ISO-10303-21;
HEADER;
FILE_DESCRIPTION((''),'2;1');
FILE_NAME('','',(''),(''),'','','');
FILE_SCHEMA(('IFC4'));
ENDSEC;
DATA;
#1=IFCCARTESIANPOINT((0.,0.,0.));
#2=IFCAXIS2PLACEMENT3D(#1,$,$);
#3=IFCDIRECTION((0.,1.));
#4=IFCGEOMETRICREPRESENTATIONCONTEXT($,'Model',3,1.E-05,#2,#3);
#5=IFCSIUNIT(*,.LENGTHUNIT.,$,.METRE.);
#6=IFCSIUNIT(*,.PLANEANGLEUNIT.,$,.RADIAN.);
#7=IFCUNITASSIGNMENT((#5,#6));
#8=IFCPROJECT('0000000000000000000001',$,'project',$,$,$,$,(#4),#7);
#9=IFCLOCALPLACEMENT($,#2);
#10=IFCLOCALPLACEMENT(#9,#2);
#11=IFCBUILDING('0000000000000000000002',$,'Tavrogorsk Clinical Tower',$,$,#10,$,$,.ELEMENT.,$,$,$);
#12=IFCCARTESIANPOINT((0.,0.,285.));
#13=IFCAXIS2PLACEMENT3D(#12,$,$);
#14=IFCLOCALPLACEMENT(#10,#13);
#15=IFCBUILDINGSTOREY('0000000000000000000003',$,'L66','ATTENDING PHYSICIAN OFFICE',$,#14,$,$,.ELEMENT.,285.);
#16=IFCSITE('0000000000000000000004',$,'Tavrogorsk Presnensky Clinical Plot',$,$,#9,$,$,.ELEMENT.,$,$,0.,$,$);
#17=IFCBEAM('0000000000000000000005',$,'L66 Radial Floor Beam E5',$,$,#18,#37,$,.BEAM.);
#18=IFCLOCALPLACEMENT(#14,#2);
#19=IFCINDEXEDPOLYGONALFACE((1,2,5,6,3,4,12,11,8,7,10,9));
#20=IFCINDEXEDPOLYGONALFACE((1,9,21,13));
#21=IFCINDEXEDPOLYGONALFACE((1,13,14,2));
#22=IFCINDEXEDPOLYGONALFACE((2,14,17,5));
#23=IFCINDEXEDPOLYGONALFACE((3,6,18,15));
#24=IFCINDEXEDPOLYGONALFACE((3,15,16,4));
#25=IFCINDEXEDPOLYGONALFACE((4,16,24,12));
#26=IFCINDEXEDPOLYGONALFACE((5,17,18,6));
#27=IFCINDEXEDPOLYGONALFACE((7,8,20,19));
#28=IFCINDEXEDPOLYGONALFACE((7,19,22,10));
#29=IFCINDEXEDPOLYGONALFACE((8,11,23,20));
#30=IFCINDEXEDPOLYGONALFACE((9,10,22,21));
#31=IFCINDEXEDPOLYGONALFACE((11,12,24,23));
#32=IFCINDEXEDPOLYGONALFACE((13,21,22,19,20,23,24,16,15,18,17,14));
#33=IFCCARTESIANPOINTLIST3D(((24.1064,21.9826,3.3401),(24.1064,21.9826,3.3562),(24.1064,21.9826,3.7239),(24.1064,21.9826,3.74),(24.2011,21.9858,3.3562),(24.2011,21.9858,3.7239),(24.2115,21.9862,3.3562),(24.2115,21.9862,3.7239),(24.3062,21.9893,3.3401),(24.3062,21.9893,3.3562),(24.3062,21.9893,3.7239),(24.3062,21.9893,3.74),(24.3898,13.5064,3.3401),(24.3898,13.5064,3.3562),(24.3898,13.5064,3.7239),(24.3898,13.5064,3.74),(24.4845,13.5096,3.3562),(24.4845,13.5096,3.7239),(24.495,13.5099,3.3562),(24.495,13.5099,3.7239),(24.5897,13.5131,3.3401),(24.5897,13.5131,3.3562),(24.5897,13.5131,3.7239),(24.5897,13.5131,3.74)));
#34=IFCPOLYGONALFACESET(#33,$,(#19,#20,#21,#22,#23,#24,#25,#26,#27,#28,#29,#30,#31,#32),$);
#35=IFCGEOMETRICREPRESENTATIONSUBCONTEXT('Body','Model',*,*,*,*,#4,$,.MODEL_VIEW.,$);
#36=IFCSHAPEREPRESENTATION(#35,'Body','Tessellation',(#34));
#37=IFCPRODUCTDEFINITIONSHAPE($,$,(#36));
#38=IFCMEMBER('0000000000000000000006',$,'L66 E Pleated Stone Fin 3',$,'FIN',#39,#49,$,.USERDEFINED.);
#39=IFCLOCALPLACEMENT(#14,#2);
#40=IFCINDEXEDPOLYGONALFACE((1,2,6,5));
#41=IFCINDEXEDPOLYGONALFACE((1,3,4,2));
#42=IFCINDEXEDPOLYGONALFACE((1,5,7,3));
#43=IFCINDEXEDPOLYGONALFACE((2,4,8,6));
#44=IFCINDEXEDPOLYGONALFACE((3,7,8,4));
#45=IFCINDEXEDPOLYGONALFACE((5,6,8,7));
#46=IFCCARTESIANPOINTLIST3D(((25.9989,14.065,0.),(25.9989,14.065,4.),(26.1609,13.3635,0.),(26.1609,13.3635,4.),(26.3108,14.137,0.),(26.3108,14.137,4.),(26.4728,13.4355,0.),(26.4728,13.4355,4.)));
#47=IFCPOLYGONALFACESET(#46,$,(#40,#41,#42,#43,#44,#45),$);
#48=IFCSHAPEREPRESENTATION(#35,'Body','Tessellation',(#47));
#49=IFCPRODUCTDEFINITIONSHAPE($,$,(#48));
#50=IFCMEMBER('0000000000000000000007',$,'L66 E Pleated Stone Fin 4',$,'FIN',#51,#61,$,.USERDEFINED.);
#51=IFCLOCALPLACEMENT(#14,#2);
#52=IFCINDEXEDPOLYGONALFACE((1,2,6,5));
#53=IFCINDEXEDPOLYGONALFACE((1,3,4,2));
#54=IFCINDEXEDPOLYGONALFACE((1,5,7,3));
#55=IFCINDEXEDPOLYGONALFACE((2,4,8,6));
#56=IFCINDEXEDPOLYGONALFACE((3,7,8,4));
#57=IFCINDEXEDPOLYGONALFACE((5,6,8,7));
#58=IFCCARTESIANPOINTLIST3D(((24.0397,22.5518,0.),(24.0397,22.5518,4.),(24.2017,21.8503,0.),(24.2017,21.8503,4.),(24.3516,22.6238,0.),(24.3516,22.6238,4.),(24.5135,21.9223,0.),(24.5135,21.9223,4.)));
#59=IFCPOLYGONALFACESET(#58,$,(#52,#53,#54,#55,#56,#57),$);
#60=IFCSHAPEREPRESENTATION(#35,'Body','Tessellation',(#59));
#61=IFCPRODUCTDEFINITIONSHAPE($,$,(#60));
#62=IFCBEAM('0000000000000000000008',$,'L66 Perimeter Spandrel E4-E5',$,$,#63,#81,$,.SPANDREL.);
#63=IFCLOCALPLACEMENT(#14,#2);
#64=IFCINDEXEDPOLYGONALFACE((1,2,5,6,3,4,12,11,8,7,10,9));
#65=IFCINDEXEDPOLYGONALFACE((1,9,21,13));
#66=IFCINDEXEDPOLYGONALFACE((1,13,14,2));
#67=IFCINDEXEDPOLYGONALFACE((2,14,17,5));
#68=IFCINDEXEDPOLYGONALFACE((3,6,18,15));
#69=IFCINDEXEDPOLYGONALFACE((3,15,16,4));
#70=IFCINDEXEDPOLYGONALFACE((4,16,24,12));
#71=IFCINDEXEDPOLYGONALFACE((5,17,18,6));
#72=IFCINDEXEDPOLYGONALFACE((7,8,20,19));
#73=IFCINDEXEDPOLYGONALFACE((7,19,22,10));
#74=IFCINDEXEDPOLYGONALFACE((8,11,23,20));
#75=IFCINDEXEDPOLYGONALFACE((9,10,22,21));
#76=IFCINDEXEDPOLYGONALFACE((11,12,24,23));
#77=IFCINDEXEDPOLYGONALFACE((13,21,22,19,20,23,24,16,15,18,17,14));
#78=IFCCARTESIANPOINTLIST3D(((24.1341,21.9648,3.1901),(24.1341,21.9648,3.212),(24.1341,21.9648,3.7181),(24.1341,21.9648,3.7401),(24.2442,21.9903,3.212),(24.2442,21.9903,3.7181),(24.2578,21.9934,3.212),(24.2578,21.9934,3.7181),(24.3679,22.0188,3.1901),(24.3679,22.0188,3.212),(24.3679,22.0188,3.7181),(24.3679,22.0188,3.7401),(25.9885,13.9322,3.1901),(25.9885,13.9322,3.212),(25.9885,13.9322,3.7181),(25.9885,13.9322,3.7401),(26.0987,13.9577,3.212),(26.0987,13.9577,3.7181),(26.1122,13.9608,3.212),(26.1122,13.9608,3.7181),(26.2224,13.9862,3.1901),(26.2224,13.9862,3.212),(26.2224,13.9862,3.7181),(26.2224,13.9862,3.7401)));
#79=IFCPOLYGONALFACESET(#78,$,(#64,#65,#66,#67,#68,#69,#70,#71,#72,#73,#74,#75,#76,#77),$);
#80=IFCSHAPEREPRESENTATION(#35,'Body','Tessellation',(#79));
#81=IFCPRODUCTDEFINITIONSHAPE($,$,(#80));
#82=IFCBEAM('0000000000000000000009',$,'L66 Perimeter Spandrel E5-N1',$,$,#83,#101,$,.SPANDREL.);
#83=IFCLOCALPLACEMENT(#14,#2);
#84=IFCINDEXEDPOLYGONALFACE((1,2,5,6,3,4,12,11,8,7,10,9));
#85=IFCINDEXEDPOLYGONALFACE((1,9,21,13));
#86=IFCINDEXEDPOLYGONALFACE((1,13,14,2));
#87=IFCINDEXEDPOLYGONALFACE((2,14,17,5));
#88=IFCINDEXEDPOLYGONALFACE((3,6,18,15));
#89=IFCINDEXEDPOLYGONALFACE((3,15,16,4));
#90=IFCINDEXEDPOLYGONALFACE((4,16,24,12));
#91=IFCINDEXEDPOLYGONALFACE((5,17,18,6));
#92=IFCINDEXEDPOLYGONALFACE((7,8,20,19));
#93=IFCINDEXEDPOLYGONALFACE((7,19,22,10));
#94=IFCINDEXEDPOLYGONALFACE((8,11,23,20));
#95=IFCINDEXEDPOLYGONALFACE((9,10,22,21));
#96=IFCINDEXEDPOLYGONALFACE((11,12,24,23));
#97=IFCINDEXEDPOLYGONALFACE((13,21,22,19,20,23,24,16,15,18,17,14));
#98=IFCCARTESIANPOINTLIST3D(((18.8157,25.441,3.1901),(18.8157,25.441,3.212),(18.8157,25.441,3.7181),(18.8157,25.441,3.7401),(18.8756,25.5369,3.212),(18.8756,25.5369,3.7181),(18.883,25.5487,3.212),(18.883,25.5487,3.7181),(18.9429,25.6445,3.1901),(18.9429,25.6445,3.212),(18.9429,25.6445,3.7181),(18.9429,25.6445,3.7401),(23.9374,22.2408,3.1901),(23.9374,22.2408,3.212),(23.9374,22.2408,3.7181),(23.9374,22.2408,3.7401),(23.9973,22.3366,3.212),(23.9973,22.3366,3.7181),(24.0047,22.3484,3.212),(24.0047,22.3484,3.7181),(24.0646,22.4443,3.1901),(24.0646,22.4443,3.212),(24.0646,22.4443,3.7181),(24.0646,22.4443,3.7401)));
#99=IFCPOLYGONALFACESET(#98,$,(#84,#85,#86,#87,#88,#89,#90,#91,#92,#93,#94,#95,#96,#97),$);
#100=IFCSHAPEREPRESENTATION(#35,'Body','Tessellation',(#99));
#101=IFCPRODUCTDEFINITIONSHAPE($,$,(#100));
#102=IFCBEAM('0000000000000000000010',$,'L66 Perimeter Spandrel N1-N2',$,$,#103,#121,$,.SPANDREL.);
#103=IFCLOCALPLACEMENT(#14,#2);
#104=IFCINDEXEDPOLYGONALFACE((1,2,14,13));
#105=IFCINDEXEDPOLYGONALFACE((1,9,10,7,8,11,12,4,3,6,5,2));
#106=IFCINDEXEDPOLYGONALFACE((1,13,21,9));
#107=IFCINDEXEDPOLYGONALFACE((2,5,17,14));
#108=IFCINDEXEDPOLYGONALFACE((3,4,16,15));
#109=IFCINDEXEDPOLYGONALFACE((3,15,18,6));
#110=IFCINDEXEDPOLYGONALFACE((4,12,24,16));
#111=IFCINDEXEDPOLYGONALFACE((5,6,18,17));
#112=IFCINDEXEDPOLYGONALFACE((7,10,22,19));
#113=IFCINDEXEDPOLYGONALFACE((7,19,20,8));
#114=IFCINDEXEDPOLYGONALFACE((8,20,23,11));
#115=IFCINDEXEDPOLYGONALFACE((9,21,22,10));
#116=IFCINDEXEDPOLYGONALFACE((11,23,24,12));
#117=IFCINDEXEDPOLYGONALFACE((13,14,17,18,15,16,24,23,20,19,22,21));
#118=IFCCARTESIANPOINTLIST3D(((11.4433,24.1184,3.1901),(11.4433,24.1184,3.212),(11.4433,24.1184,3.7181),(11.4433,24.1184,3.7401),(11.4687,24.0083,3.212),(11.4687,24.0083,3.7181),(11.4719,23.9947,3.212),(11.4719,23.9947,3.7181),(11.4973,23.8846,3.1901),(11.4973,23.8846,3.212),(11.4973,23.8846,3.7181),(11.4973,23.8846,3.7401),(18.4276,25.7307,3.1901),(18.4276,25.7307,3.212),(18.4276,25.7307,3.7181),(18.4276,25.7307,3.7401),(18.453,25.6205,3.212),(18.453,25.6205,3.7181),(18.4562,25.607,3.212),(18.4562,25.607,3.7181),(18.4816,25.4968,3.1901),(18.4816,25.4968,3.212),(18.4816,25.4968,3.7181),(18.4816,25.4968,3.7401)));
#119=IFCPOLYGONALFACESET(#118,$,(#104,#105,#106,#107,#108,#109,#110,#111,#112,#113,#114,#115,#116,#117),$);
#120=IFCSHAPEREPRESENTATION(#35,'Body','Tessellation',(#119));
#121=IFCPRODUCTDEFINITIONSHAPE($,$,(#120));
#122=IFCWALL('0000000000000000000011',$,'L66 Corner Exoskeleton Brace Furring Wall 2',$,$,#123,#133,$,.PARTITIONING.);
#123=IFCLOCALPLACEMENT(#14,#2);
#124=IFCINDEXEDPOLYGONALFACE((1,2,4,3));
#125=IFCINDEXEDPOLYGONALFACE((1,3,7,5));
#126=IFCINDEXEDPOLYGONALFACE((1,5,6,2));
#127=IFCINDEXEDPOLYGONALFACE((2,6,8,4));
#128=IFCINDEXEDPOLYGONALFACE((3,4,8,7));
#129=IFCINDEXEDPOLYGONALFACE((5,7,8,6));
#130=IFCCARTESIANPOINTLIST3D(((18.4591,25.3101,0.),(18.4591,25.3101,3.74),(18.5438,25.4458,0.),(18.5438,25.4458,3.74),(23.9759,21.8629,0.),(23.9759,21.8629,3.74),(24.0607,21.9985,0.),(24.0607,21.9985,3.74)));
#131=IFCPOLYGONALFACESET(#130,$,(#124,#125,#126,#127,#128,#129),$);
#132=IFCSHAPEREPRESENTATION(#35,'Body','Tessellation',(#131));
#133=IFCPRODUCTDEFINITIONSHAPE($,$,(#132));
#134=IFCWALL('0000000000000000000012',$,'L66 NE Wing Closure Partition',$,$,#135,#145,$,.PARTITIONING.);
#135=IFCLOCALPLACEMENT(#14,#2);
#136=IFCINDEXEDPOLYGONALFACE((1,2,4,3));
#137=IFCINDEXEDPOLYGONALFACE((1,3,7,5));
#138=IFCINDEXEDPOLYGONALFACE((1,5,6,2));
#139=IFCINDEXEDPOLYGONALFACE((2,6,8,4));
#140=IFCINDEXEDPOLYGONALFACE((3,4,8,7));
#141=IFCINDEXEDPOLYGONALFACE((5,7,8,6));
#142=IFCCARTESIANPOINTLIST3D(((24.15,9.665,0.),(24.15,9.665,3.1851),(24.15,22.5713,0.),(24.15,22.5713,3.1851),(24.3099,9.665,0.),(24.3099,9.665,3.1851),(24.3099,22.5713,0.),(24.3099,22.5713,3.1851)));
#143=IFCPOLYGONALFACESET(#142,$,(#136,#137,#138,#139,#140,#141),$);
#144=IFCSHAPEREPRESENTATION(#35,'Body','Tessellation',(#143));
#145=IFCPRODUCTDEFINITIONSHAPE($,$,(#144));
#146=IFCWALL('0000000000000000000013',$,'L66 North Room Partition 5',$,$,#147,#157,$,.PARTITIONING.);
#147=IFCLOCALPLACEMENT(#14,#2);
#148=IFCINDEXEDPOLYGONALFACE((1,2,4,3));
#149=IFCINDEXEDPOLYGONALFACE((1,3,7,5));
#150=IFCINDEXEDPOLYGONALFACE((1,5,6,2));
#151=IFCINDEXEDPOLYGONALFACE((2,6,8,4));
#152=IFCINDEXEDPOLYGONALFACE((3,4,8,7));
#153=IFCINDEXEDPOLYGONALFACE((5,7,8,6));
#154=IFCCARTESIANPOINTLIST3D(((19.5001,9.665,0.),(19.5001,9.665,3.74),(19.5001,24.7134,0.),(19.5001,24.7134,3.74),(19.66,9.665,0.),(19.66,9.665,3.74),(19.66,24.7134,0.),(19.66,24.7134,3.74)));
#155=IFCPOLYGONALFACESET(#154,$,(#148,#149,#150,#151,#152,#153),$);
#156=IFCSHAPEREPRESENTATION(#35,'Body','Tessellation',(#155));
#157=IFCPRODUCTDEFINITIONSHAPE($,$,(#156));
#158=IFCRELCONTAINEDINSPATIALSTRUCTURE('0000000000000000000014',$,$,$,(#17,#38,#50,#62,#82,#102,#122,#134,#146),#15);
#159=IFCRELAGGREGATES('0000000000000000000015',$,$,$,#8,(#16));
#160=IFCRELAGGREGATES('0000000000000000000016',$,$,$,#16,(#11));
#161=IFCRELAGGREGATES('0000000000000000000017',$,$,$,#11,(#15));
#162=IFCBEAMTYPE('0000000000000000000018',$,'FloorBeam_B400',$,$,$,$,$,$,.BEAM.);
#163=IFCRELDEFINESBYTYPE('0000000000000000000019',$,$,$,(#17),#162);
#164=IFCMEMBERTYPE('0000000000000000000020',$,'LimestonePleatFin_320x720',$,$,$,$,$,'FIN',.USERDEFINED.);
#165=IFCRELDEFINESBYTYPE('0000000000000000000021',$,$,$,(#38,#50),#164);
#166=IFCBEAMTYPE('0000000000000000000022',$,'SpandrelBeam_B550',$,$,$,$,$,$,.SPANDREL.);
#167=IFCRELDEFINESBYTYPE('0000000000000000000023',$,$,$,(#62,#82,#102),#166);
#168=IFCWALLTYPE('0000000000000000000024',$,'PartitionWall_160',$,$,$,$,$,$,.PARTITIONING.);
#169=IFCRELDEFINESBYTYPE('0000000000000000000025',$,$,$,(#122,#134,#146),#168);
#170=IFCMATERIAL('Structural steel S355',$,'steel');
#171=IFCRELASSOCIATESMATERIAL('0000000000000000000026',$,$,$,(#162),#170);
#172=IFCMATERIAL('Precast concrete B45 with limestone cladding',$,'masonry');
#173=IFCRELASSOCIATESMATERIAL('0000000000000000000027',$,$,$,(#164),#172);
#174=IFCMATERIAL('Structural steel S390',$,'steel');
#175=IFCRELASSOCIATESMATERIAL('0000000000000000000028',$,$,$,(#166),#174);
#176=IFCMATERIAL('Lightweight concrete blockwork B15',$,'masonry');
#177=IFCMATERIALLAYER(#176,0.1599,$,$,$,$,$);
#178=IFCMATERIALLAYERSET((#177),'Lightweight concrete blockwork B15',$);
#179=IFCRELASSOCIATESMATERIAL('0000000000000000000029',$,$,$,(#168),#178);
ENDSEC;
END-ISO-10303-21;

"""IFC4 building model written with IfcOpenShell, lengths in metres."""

from ifc_helpers import new_model, si_unit, direction, frame, frame_2d, origin, origin_2d, place, context, subcontext, project, spatial, rectangle, i_section, extrude, material, layer, layer_set, material_profile, profile_set, type_object, element, save


model = new_model("IFC4")

# Units and contexts
model_context = context("Model", 3, precision=1e-05, world=origin(), true_north=direction((0.0, 1.0)))
body_context = subcontext(model_context, "Body", "Model", "MODEL_VIEW")
ifc_project = project(units=[si_unit("LENGTHUNIT", "METRE"), si_unit("PLANEANGLEUNIT", "RADIAN")], contexts=[model_context])

# Site, building, storey
site_placement = place(None, origin())
site = spatial("IfcSite", under=ifc_project, at=site_placement, Name="Tavrogorsk Presnensky Clinical Plot", CompositionType="ELEMENT", RefElevation=0.0)
building_placement = place(site_placement, origin())
building = spatial("IfcBuilding", under=site, at=building_placement, Name="Tavrogorsk Clinical Tower", CompositionType="ELEMENT")
storey_placement = place(building_placement, frame((0.0, 0.0, 285.0)))
storey = spatial("IfcBuildingStorey", under=building, at=storey_placement, Name="L66", Description="ATTENDING PHYSICIAN OFFICE", CompositionType="ELEMENT", Elevation=285.0)

# Beam
ifc_material_1 = material(Name="Structural steel S355", Category="steel")
ifc_material_profile_1 = material_profile(ifc_material_1, i_section(OverallWidth=0.2, OverallDepth=0.3999, WebThickness=0.0105, FlangeThickness=0.0161, at=origin_2d()), Name="B-400x200x10.5x16")
ifc_profile_set_1 = profile_set([ifc_material_profile_1], Name="Structural steel S355")
beam_type_1 = type_object("IfcBeamType", Name="FloorBeam_B400", PredefinedType="BEAM", material=ifc_profile_set_1)
beam_1_placement = place(storey_placement, frame((24.4897, 13.5098, 3.54), z_axis=(-0.033421, 0.999441, 0.0), x_axis=(-0.999441, -0.033421, 0.0)))
element("IfcBeam", 1, at=beam_1_placement, inside=storey, type_object=beam_type_1, Name="L66 Radial Floor Beam E5", PredefinedType="BEAM", context=body_context, shape_type="SweptSolid", body=[
    extrude(i_section(OverallWidth=0.2, OverallDepth=0.3999, WebThickness=0.0105, FlangeThickness=0.0161, at=origin_2d()), origin(), (0.0, 0.0, 1.0), 8.481),
])

# Members
ifc_material_2 = material(Name="Precast concrete B45 with limestone cladding", Category="masonry")
ifc_material_profile_2 = material_profile(ifc_material_2, rectangle(XDim=0.3201, YDim=0.72, at=origin_2d()), Name="LIMESTONE-FIN-320x720")
ifc_profile_set_2 = profile_set([ifc_material_profile_2], Name="Precast concrete B45 with limestone cladding")
member_type_1 = type_object("IfcMemberType", Name="LimestonePleatFin_320x720", ElementType="FIN", PredefinedType="USERDEFINED", material=ifc_profile_set_2)
for number, where, z_axis, x_axis, name in (
    (2, (26.2358, 13.7502, 0.0), (0.0, 0.0, 1.0), (0.97437, 0.224951, 0.0), "L66 E Pleated Stone Fin 3"),
    (3, (24.2766, 22.2371, 0.0), (0.0, 0.0, 1.0), (0.97437, 0.224951, 0.0), "L66 E Pleated Stone Fin 4"),
):
    element("IfcMember", number, at=place(storey_placement, frame(where, z_axis=z_axis, x_axis=x_axis)), inside=storey, type_object=member_type_1, Name=name, ObjectType="FIN", PredefinedType="USERDEFINED", context=body_context, shape_type="SweptSolid", body=[
        extrude(rectangle(XDim=0.3201, YDim=0.72, at=origin_2d()), origin(), (0.0, 0.0, 1.0), 4.0),
    ])

# Beams
ifc_material_3 = material(Name="Structural steel S390", Category="steel")
ifc_material_profile_3 = material_profile(ifc_material_3, i_section(OverallWidth=0.24, OverallDepth=0.55, WebThickness=0.0139, FlangeThickness=0.022, at=origin_2d()), Name="B-550x240x14x22")
ifc_profile_set_3 = profile_set([ifc_material_profile_3], Name="Structural steel S390")
beam_type_2 = type_object("IfcBeamType", Name="SpandrelBeam_B550", PredefinedType="SPANDREL", material=ifc_profile_set_3)
beam_2_placement = place(storey_placement, frame((26.1055, 13.9592, 3.4651), z_axis=(-0.22495, 0.97437, 0.0), x_axis=(-0.97437, -0.22495, 0.0)))
element("IfcBeam", 4, at=beam_2_placement, inside=storey, type_object=beam_type_2, Name="L66 Perimeter Spandrel E4-E5", PredefinedType="SPANDREL", context=body_context, shape_type="SweptSolid", body=[
    extrude(i_section(OverallWidth=0.24, OverallDepth=0.55, WebThickness=0.0139, FlangeThickness=0.022, at=origin_2d()), origin(), (0.0, 0.0, 1.0), 8.2439),
])
beam_3_placement = place(storey_placement, frame((24.001, 22.3425, 3.4651), z_axis=(-0.848057, 0.529904, 0.0), x_axis=(-0.529904, -0.848057, 0.0)))
element("IfcBeam", 5, at=beam_3_placement, inside=storey, type_object=beam_type_2, Name="L66 Perimeter Spandrel E5-N1", PredefinedType="SPANDREL", context=body_context, shape_type="SweptSolid", body=[
    extrude(i_section(OverallWidth=0.24, OverallDepth=0.55, WebThickness=0.0139, FlangeThickness=0.022, at=origin_2d()), origin(), (0.0, 0.0, 1.0), 6.0393),
])
beam_4_placement = place(storey_placement, frame((18.4546, 25.6138, 3.4651), z_axis=(-0.974375, -0.224929, 0.0), x_axis=(0.224929, -0.974375, 0.0)))
element("IfcBeam", 6, at=beam_4_placement, inside=storey, type_object=beam_type_2, Name="L66 Perimeter Spandrel N1-N2", PredefinedType="SPANDREL", context=body_context, shape_type="SweptSolid", body=[
    extrude(i_section(OverallWidth=0.24, OverallDepth=0.55, WebThickness=0.0139, FlangeThickness=0.022, at=origin_2d()), origin(), (0.0, 0.0, 1.0), 7.168),
])

# Walls
ifc_material_4 = material(Name="Lightweight concrete blockwork B15", Category="masonry")
ifc_layer_1 = layer(ifc_material_4, 0.1599)
ifc_layer_set_1 = layer_set([ifc_layer_1], Name="Lightweight concrete blockwork B15")
wall_type_1 = type_object("IfcWallType", Name="PartitionWall_160", PredefinedType="PARTITIONING", material=ifc_layer_set_1)
wall_1_placement = place(storey_placement, frame((24.0183, 21.9307, 0.0), z_axis=(0.0, 0.0, 1.0), x_axis=(-0.848051, 0.529915, 0.0)))
element("IfcWall", 7, at=wall_1_placement, inside=storey, type_object=wall_type_1, Name="L66 Corner Exoskeleton Brace Furring Wall 2", PredefinedType="PARTITIONING", context=body_context, shape_type="SweptSolid", body=[
    extrude(rectangle(XDim=6.5054, YDim=0.1599, at=frame_2d((3.2527, 0.0))), origin(), (0.0, 0.0, 1.0), 3.74),
])
wall_2_placement = place(storey_placement, frame((24.23, 9.665, 0.0), z_axis=(0.0, 0.0, 1.0), x_axis=(0.0, 1.0, 0.0)))
element("IfcWall", 8, at=wall_2_placement, inside=storey, type_object=wall_type_1, Name="L66 NE Wing Closure Partition", PredefinedType="PARTITIONING", context=body_context, shape_type="SweptSolid", body=[
    extrude(rectangle(XDim=12.9062, YDim=0.1599, at=frame_2d((6.4531, 0.0))), origin(), (0.0, 0.0, 1.0), 3.1851),
])
wall_3_placement = place(storey_placement, frame((19.5801, 9.665, 0.0), z_axis=(0.0, 0.0, 1.0), x_axis=(0.0, 1.0, 0.0)))
element("IfcWall", 9, at=wall_3_placement, inside=storey, type_object=wall_type_1, Name="L66 North Room Partition 5", PredefinedType="PARTITIONING", context=body_context, shape_type="SweptSolid", body=[
    extrude(rectangle(XDim=15.0483, YDim=0.1599, at=frame_2d((7.5242, 0.0))), origin(), (0.0, 0.0, 1.0), 3.74),
])

save(model, "model.ifc")
